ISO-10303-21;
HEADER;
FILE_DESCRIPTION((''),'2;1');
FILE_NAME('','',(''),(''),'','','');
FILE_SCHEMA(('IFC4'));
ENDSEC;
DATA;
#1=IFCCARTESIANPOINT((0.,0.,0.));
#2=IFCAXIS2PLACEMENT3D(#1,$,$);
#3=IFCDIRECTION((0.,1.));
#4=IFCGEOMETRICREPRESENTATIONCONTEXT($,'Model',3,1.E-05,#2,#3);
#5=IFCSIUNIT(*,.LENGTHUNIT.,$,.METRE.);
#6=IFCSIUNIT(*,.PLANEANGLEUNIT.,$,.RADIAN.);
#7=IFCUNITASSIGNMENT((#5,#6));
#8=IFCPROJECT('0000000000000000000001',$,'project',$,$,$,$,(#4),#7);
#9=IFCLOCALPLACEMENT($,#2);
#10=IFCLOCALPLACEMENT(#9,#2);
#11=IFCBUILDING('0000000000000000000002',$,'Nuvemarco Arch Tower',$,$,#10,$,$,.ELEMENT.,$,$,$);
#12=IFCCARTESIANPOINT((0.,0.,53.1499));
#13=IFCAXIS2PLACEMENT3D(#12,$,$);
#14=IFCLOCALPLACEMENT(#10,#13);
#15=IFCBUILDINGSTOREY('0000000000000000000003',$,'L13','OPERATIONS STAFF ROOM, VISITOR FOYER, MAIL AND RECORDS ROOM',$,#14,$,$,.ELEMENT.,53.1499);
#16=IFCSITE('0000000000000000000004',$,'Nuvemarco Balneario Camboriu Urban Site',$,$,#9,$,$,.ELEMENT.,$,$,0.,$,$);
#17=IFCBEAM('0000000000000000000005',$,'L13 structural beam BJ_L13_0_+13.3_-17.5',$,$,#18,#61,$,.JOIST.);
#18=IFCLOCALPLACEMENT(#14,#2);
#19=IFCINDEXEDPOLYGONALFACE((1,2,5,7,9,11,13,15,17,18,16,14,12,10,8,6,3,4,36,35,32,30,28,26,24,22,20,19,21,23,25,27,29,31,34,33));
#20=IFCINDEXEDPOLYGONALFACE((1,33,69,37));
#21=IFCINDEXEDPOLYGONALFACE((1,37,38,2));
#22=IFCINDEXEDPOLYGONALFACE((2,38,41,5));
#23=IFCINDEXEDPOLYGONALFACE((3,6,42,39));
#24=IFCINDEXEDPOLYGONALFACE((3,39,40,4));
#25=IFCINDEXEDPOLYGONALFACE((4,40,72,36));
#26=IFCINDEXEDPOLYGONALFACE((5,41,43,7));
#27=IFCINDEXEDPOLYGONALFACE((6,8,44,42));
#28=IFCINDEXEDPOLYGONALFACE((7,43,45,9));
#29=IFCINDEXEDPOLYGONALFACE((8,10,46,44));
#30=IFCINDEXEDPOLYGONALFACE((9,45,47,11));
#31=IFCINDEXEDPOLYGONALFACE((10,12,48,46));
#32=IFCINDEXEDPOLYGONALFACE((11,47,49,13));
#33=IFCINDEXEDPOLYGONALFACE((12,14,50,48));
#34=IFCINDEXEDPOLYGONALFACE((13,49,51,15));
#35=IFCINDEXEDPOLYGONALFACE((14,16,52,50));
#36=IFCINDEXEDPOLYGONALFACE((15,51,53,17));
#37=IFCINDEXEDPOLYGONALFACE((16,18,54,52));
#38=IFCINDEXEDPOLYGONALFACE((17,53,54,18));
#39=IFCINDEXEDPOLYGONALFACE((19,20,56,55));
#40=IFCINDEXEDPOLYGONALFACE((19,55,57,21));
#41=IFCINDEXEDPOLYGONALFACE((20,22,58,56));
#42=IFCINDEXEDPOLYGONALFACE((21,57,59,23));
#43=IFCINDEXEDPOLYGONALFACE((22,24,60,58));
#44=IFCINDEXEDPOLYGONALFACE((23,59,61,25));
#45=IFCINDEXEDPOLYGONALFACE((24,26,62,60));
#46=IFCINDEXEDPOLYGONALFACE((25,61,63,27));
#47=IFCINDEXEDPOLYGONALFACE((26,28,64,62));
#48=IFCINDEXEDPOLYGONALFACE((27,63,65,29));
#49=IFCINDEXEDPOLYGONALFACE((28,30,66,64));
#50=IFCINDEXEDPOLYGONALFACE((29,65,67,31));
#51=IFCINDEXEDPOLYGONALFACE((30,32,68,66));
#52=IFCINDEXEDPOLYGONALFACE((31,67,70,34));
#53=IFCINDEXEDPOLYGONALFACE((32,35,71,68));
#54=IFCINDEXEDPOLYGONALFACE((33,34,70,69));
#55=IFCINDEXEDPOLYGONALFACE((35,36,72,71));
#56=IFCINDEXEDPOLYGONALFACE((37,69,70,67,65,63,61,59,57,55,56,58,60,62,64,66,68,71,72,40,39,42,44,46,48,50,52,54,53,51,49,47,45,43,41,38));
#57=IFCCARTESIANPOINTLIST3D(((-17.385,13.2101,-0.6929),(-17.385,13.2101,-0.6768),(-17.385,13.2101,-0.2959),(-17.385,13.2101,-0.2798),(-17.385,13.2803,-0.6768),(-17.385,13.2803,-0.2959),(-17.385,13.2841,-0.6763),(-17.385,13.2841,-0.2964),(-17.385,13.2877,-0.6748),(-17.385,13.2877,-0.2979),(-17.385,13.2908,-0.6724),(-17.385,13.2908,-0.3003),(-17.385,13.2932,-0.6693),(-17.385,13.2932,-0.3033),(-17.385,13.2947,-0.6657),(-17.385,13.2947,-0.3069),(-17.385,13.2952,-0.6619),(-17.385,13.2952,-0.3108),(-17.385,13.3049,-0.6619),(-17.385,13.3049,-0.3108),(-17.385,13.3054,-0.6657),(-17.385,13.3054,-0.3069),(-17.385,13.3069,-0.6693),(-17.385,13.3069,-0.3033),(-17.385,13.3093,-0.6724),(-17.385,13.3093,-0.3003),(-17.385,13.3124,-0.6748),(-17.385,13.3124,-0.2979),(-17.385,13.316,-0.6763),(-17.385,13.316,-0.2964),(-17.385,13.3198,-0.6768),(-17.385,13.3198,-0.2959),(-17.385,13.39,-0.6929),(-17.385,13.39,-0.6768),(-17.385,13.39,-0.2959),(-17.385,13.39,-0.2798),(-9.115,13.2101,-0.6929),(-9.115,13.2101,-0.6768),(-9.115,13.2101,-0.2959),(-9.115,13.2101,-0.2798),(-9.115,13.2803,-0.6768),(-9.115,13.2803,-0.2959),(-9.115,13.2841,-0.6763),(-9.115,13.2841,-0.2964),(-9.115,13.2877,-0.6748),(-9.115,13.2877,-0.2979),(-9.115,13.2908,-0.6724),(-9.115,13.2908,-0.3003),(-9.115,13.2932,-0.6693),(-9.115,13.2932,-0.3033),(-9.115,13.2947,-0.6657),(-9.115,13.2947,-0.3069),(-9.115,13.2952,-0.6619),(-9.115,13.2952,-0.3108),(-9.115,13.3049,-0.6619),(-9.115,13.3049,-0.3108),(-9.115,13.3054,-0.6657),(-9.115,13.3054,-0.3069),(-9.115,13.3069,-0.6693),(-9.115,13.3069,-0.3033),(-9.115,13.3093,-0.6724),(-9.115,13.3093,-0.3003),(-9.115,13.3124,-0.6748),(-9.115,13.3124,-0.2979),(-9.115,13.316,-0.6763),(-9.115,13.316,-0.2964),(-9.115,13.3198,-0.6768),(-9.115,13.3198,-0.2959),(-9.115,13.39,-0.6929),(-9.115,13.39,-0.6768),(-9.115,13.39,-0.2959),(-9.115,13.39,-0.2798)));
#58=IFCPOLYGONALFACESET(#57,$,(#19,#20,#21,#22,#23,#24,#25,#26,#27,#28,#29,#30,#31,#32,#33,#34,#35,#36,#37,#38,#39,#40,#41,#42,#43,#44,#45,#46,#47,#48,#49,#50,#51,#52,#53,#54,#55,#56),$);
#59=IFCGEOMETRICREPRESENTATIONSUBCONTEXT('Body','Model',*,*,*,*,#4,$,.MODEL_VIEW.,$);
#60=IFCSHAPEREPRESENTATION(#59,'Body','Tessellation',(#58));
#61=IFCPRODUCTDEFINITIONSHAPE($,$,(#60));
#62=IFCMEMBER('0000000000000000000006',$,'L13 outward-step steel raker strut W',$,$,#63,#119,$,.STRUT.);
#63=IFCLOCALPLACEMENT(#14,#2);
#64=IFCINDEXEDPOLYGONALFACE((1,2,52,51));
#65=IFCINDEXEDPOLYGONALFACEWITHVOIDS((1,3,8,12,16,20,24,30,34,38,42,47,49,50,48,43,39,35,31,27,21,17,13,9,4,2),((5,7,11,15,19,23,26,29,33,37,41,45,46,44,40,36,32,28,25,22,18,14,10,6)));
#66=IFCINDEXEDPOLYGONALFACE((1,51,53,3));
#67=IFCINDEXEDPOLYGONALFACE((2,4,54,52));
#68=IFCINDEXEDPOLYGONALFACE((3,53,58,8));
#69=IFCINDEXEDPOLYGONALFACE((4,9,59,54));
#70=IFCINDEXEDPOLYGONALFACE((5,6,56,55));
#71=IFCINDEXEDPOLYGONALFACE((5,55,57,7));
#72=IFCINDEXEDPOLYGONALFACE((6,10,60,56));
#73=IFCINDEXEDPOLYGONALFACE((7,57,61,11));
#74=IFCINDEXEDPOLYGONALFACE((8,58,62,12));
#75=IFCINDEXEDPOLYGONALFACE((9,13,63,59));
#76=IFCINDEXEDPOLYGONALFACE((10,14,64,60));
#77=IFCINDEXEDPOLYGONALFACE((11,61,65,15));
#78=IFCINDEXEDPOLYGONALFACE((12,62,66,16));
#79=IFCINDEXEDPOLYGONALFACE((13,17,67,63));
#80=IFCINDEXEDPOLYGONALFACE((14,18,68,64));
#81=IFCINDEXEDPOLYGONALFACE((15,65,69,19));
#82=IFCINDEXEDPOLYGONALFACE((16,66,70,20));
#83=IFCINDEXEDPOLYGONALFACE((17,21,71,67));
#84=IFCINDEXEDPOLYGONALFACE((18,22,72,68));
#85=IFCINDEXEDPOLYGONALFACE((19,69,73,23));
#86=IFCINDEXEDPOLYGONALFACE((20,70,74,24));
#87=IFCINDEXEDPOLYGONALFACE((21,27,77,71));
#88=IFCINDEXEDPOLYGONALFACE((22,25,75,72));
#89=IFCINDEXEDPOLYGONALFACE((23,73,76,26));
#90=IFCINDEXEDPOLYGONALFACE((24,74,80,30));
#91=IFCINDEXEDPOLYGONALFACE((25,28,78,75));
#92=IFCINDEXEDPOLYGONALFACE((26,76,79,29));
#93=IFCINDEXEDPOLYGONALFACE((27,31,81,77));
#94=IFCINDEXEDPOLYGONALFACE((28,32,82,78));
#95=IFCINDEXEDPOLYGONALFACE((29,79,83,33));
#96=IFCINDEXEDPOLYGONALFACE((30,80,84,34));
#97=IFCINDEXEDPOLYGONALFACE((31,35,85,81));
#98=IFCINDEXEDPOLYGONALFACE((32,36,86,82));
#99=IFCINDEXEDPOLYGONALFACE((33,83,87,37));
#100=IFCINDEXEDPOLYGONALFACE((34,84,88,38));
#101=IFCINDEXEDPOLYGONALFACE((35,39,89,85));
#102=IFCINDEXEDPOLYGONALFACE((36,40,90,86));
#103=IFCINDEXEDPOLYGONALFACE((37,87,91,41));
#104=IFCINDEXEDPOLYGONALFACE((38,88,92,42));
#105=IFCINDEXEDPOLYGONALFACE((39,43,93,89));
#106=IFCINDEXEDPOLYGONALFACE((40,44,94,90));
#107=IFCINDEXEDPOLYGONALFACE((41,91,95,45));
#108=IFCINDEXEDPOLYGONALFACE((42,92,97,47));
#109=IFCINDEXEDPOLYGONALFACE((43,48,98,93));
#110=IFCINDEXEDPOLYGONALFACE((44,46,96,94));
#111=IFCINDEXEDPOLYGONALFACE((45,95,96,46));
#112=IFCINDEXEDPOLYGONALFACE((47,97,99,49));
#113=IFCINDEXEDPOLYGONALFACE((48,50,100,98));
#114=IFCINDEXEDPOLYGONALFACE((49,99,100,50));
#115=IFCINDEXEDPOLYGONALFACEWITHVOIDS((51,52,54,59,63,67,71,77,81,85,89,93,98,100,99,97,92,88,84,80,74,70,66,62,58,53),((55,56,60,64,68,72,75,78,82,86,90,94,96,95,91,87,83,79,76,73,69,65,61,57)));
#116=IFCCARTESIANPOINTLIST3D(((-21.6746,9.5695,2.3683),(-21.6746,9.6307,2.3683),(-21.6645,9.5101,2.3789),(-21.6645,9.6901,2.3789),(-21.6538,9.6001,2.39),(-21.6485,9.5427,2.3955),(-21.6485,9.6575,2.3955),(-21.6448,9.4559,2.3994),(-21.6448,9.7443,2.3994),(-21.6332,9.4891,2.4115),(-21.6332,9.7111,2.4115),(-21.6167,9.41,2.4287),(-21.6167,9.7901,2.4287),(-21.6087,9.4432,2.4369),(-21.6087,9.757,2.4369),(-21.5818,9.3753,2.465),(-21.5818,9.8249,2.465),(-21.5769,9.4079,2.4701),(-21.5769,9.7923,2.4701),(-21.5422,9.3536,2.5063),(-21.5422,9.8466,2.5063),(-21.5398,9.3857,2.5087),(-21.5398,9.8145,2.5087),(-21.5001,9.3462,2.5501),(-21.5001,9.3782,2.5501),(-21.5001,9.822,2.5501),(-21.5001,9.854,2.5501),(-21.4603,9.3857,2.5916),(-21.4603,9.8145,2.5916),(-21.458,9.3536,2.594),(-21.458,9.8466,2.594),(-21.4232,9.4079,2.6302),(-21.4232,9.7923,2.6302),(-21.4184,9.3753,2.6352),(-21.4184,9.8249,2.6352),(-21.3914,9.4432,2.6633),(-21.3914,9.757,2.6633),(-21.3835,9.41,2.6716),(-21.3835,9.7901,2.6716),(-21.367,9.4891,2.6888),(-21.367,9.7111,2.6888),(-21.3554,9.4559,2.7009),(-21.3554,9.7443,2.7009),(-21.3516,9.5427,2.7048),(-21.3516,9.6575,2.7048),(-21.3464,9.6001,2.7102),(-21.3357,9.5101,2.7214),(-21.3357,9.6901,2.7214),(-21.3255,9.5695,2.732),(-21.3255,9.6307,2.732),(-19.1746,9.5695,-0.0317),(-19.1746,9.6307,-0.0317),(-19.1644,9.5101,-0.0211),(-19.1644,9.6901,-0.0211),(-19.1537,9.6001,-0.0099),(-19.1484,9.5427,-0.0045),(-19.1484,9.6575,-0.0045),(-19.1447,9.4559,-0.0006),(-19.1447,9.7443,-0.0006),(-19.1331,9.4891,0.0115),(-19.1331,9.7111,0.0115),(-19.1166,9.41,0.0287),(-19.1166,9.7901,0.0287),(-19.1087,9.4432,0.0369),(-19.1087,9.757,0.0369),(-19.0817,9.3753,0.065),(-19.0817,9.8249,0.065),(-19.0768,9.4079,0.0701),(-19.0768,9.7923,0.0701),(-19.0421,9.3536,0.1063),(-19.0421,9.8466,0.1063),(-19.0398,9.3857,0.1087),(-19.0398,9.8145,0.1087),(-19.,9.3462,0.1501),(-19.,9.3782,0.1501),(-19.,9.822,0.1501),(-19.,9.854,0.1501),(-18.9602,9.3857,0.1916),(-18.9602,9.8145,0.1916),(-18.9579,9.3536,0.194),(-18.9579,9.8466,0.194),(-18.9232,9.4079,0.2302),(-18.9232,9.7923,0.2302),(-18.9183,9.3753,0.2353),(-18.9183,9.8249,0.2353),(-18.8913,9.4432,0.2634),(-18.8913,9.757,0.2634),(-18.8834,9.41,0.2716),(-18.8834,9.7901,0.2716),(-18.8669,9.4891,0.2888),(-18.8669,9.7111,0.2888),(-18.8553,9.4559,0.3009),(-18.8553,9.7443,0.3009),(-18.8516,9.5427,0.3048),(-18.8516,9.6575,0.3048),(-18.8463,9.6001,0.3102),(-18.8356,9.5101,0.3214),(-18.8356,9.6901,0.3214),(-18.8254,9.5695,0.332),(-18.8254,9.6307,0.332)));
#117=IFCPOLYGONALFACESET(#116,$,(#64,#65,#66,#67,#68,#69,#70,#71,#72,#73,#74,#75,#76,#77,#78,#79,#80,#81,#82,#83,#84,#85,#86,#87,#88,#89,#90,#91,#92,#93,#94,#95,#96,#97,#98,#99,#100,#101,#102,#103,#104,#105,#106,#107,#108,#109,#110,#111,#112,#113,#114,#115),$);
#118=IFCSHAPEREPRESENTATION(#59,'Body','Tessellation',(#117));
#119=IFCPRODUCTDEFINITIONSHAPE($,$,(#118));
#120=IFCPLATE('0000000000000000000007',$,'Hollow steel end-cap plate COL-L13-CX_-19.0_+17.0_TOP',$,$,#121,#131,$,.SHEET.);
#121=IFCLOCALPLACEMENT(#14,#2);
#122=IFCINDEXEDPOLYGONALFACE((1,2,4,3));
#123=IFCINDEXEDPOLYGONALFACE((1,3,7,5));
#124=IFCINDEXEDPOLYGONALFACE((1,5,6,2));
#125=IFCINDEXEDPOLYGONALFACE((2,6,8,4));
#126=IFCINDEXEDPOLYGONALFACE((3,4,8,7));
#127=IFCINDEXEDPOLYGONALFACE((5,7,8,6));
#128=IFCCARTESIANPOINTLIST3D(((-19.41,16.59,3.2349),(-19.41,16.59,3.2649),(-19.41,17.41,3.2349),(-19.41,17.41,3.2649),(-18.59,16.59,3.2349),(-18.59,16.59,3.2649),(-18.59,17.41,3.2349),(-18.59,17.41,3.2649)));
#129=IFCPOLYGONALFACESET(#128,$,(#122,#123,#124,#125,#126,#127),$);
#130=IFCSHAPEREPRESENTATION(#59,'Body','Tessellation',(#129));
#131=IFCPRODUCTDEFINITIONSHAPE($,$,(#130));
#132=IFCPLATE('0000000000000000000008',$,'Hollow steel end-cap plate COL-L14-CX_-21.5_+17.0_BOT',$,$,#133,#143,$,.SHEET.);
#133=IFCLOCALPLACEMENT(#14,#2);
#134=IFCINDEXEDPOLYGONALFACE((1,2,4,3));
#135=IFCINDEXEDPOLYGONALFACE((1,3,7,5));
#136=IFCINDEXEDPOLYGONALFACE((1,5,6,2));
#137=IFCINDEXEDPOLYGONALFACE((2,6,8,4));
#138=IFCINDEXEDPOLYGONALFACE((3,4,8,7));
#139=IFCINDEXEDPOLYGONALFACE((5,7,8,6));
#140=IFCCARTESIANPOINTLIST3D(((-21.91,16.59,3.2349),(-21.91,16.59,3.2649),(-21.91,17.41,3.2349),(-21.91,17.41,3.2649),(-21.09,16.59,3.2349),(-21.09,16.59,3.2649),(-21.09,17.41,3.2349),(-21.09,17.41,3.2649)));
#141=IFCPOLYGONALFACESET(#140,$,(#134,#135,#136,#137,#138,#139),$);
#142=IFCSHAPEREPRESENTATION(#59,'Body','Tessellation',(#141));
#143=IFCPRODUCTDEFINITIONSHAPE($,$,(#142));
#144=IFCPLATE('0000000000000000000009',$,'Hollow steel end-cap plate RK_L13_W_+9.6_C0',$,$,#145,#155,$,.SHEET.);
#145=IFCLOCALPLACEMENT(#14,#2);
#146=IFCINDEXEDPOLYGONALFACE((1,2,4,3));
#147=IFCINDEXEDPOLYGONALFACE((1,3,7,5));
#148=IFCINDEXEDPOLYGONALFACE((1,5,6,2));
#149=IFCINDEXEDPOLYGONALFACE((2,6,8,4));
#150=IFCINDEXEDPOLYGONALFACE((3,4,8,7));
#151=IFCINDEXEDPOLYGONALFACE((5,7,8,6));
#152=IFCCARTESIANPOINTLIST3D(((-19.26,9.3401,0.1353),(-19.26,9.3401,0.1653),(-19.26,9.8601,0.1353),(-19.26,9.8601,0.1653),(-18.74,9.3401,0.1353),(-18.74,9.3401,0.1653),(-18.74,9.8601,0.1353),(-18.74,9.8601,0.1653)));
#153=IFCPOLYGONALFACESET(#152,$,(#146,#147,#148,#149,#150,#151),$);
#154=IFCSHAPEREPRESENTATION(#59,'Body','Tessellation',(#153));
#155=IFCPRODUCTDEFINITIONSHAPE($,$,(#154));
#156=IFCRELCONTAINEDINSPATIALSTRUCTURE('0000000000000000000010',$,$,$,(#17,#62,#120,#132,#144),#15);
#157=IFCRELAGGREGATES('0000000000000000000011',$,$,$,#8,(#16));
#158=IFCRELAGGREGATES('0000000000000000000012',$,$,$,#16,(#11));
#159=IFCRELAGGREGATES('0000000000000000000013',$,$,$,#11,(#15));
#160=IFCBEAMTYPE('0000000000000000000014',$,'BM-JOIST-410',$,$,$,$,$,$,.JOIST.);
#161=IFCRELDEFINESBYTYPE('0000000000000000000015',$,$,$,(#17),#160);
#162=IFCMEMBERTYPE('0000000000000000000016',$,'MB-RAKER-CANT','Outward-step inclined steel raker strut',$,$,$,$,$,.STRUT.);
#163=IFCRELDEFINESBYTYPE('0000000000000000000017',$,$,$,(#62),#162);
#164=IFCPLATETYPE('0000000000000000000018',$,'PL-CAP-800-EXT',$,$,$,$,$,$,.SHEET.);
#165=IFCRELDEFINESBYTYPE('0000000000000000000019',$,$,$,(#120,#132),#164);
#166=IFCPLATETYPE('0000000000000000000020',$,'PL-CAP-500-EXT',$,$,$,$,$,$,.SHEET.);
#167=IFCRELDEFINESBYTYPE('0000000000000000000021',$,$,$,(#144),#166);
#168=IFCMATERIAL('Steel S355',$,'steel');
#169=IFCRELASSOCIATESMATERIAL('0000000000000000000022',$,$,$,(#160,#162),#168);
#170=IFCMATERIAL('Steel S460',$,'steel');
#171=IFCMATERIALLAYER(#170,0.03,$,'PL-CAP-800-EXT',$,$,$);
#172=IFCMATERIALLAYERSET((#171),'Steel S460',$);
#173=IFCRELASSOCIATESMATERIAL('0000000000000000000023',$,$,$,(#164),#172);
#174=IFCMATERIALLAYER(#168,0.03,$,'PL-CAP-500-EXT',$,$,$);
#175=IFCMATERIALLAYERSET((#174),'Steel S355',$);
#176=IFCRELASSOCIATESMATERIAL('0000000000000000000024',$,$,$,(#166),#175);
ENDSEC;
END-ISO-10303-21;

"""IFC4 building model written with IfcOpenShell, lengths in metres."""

from ifc_helpers import new_model, si_unit, direction, frame, origin, origin_2d, place, context, subcontext, project, spatial, rectangle, hollow_circle, i_section, extrude, source, transform, mapped, material, layer, layer_set, material_profile, profile_set, type_object, type_shapes, element, save


model = new_model("IFC4")

# Units and contexts
model_context = context("Model", 3, precision=1e-05, world=origin(), true_north=direction((0.0, 1.0)))
body_context = subcontext(model_context, "Body", "Model", "MODEL_VIEW")
ifc_project = project(units=[si_unit("LENGTHUNIT", "METRE"), si_unit("PLANEANGLEUNIT", "RADIAN")], contexts=[model_context])

# Site, building, storey
site_placement = place(None, origin())
site = spatial("IfcSite", under=ifc_project, at=site_placement, Name="Nuvemarco Balneario Camboriu Urban Site", CompositionType="ELEMENT", RefElevation=0.0)
building_placement = place(site_placement, origin())
building = spatial("IfcBuilding", under=site, at=building_placement, Name="Nuvemarco Arch Tower", CompositionType="ELEMENT")
storey_placement = place(building_placement, frame((0.0, 0.0, 53.1499)))
storey = spatial("IfcBuildingStorey", under=building, at=storey_placement, Name="L13", Description="OPERATIONS STAFF ROOM, VISITOR FOYER, MAIL AND RECORDS ROOM", CompositionType="ELEMENT", Elevation=53.1499)

# Shared definitions
ifc_material_1 = material(Name="Steel S460", Category="steel")
ifc_material_2 = material(Name="Steel S355", Category="steel")

# Beam
ifc_material_profile_1 = material_profile(ifc_material_2, i_section(OverallWidth=0.1799, OverallDepth=0.4131, WebThickness=0.0098, FlangeThickness=0.0161, FilletRadius=0.0149, at=origin_2d()), Name="W410x75")
ifc_profile_set_1 = profile_set([ifc_material_profile_1], Name="Steel S355")
beam_type_1 = type_object("IfcBeamType", Name="BM-JOIST-410", PredefinedType="JOIST", material=ifc_profile_set_1)
beam_1_placement = place(storey_placement, frame((-17.385, 13.3, -0.4863), z_axis=(1.0, 0.0, 0.0), x_axis=(0.0, 1.0, 0.0)))
element("IfcBeam", 1, at=beam_1_placement, inside=storey, type_object=beam_type_1, Name="L13 structural beam BJ_L13_0_+13.3_-17.5", PredefinedType="JOIST", context=body_context, shape_type="SweptSolid", body=[
    extrude(i_section(OverallWidth=0.1799, OverallDepth=0.4131, WebThickness=0.0098, FlangeThickness=0.0161, FilletRadius=0.0149, at=origin_2d()), origin(), (0.0, 0.0, 1.0), 8.27),
])

# Member
ifc_material_profile_2 = material_profile(ifc_material_2, hollow_circle(Radius=0.2539, WallThickness=0.032, at=origin_2d()), Name="CHS508x32")
ifc_profile_set_2 = profile_set([ifc_material_profile_2], Name="Steel S355")
member_type = type_object("IfcMemberType", Name="MB-RAKER-CANT", Description="Outward-step inclined steel raker strut", PredefinedType="STRUT", material=ifc_profile_set_2)
member_placement = place(storey_placement, frame((-19.0, 9.6001, 0.1501), z_axis=(-0.721401, 0.0, 0.692517), x_axis=(0.0, -1.0, 0.0)))
element("IfcMember", 2, at=member_placement, inside=storey, type_object=member_type, Name="L13 outward-step steel raker strut W", PredefinedType="STRUT", context=body_context, shape_type="SweptSolid", body=[
    extrude(hollow_circle(Radius=0.2539, WallThickness=0.032, at=origin_2d()), origin(), (0.0, 0.0, 1.0), 3.4656),
])

# Plates
ifc_layer_1 = layer(ifc_material_1, 0.03, Name="PL-CAP-800-EXT")
ifc_layer_set_1 = layer_set([ifc_layer_1], Name="Steel S460")
plate_type_1 = type_object("IfcPlateType", Name="PL-CAP-800-EXT", PredefinedType="SHEET", material=ifc_layer_set_1)
shared_shape_1 = source(origin(), body_context, "Body", "SweptSolid", [
    extrude(rectangle(XDim=0.8201, YDim=0.8201, at=origin_2d()), origin(), (0.0, 0.0, 1.0), 0.03),
])
type_shapes(plate_type_1, [shared_shape_1])
for number, where, z_axis, x_axis, name in (
    (3, (-19.0, 17.0, 3.2349), (0.0, 0.0, 1.0), (1.0, 0.0, 0.0), "Hollow steel end-cap plate COL-L13-CX_-19.0_+17.0_TOP"),
    (4, (-21.5, 17.0, 3.2349), (0.0, 0.0, 1.0), (1.0, 0.0, 0.0), "Hollow steel end-cap plate COL-L14-CX_-21.5_+17.0_BOT"),
):
    element("IfcPlate", number, at=place(storey_placement, frame(where, z_axis=z_axis, x_axis=x_axis)), inside=storey, type_object=plate_type_1, Name=name, PredefinedType="SHEET", context=body_context, shape_type="MappedRepresentation", body=[
        mapped(shared_shape_1, transform((0.0, 0.0, 0.0), scale=1.0)),
    ])
ifc_layer_2 = layer(ifc_material_2, 0.03, Name="PL-CAP-500-EXT")
ifc_layer_set_2 = layer_set([ifc_layer_2], Name="Steel S355")
plate_type_2 = type_object("IfcPlateType", Name="PL-CAP-500-EXT", PredefinedType="SHEET", material=ifc_layer_set_2)
shared_shape_2 = source(origin(), body_context, "Body", "SweptSolid", [
    extrude(rectangle(XDim=0.52, YDim=0.52, at=origin_2d()), origin(), (0.0, 0.0, 1.0), 0.03),
])
type_shapes(plate_type_2, [shared_shape_2])
plate_placement = place(storey_placement, frame((-19.0, 9.6001, 0.1353), z_axis=(0.0, 0.0, 1.0), x_axis=(1.0, 0.0, 0.0)))
element("IfcPlate", 5, at=plate_placement, inside=storey, type_object=plate_type_2, Name="Hollow steel end-cap plate RK_L13_W_+9.6_C0", PredefinedType="SHEET", context=body_context, shape_type="MappedRepresentation", body=[
    mapped(shared_shape_2, transform((0.0, 0.0, 0.0), scale=1.0)),
])

save(model, "model.ifc")
